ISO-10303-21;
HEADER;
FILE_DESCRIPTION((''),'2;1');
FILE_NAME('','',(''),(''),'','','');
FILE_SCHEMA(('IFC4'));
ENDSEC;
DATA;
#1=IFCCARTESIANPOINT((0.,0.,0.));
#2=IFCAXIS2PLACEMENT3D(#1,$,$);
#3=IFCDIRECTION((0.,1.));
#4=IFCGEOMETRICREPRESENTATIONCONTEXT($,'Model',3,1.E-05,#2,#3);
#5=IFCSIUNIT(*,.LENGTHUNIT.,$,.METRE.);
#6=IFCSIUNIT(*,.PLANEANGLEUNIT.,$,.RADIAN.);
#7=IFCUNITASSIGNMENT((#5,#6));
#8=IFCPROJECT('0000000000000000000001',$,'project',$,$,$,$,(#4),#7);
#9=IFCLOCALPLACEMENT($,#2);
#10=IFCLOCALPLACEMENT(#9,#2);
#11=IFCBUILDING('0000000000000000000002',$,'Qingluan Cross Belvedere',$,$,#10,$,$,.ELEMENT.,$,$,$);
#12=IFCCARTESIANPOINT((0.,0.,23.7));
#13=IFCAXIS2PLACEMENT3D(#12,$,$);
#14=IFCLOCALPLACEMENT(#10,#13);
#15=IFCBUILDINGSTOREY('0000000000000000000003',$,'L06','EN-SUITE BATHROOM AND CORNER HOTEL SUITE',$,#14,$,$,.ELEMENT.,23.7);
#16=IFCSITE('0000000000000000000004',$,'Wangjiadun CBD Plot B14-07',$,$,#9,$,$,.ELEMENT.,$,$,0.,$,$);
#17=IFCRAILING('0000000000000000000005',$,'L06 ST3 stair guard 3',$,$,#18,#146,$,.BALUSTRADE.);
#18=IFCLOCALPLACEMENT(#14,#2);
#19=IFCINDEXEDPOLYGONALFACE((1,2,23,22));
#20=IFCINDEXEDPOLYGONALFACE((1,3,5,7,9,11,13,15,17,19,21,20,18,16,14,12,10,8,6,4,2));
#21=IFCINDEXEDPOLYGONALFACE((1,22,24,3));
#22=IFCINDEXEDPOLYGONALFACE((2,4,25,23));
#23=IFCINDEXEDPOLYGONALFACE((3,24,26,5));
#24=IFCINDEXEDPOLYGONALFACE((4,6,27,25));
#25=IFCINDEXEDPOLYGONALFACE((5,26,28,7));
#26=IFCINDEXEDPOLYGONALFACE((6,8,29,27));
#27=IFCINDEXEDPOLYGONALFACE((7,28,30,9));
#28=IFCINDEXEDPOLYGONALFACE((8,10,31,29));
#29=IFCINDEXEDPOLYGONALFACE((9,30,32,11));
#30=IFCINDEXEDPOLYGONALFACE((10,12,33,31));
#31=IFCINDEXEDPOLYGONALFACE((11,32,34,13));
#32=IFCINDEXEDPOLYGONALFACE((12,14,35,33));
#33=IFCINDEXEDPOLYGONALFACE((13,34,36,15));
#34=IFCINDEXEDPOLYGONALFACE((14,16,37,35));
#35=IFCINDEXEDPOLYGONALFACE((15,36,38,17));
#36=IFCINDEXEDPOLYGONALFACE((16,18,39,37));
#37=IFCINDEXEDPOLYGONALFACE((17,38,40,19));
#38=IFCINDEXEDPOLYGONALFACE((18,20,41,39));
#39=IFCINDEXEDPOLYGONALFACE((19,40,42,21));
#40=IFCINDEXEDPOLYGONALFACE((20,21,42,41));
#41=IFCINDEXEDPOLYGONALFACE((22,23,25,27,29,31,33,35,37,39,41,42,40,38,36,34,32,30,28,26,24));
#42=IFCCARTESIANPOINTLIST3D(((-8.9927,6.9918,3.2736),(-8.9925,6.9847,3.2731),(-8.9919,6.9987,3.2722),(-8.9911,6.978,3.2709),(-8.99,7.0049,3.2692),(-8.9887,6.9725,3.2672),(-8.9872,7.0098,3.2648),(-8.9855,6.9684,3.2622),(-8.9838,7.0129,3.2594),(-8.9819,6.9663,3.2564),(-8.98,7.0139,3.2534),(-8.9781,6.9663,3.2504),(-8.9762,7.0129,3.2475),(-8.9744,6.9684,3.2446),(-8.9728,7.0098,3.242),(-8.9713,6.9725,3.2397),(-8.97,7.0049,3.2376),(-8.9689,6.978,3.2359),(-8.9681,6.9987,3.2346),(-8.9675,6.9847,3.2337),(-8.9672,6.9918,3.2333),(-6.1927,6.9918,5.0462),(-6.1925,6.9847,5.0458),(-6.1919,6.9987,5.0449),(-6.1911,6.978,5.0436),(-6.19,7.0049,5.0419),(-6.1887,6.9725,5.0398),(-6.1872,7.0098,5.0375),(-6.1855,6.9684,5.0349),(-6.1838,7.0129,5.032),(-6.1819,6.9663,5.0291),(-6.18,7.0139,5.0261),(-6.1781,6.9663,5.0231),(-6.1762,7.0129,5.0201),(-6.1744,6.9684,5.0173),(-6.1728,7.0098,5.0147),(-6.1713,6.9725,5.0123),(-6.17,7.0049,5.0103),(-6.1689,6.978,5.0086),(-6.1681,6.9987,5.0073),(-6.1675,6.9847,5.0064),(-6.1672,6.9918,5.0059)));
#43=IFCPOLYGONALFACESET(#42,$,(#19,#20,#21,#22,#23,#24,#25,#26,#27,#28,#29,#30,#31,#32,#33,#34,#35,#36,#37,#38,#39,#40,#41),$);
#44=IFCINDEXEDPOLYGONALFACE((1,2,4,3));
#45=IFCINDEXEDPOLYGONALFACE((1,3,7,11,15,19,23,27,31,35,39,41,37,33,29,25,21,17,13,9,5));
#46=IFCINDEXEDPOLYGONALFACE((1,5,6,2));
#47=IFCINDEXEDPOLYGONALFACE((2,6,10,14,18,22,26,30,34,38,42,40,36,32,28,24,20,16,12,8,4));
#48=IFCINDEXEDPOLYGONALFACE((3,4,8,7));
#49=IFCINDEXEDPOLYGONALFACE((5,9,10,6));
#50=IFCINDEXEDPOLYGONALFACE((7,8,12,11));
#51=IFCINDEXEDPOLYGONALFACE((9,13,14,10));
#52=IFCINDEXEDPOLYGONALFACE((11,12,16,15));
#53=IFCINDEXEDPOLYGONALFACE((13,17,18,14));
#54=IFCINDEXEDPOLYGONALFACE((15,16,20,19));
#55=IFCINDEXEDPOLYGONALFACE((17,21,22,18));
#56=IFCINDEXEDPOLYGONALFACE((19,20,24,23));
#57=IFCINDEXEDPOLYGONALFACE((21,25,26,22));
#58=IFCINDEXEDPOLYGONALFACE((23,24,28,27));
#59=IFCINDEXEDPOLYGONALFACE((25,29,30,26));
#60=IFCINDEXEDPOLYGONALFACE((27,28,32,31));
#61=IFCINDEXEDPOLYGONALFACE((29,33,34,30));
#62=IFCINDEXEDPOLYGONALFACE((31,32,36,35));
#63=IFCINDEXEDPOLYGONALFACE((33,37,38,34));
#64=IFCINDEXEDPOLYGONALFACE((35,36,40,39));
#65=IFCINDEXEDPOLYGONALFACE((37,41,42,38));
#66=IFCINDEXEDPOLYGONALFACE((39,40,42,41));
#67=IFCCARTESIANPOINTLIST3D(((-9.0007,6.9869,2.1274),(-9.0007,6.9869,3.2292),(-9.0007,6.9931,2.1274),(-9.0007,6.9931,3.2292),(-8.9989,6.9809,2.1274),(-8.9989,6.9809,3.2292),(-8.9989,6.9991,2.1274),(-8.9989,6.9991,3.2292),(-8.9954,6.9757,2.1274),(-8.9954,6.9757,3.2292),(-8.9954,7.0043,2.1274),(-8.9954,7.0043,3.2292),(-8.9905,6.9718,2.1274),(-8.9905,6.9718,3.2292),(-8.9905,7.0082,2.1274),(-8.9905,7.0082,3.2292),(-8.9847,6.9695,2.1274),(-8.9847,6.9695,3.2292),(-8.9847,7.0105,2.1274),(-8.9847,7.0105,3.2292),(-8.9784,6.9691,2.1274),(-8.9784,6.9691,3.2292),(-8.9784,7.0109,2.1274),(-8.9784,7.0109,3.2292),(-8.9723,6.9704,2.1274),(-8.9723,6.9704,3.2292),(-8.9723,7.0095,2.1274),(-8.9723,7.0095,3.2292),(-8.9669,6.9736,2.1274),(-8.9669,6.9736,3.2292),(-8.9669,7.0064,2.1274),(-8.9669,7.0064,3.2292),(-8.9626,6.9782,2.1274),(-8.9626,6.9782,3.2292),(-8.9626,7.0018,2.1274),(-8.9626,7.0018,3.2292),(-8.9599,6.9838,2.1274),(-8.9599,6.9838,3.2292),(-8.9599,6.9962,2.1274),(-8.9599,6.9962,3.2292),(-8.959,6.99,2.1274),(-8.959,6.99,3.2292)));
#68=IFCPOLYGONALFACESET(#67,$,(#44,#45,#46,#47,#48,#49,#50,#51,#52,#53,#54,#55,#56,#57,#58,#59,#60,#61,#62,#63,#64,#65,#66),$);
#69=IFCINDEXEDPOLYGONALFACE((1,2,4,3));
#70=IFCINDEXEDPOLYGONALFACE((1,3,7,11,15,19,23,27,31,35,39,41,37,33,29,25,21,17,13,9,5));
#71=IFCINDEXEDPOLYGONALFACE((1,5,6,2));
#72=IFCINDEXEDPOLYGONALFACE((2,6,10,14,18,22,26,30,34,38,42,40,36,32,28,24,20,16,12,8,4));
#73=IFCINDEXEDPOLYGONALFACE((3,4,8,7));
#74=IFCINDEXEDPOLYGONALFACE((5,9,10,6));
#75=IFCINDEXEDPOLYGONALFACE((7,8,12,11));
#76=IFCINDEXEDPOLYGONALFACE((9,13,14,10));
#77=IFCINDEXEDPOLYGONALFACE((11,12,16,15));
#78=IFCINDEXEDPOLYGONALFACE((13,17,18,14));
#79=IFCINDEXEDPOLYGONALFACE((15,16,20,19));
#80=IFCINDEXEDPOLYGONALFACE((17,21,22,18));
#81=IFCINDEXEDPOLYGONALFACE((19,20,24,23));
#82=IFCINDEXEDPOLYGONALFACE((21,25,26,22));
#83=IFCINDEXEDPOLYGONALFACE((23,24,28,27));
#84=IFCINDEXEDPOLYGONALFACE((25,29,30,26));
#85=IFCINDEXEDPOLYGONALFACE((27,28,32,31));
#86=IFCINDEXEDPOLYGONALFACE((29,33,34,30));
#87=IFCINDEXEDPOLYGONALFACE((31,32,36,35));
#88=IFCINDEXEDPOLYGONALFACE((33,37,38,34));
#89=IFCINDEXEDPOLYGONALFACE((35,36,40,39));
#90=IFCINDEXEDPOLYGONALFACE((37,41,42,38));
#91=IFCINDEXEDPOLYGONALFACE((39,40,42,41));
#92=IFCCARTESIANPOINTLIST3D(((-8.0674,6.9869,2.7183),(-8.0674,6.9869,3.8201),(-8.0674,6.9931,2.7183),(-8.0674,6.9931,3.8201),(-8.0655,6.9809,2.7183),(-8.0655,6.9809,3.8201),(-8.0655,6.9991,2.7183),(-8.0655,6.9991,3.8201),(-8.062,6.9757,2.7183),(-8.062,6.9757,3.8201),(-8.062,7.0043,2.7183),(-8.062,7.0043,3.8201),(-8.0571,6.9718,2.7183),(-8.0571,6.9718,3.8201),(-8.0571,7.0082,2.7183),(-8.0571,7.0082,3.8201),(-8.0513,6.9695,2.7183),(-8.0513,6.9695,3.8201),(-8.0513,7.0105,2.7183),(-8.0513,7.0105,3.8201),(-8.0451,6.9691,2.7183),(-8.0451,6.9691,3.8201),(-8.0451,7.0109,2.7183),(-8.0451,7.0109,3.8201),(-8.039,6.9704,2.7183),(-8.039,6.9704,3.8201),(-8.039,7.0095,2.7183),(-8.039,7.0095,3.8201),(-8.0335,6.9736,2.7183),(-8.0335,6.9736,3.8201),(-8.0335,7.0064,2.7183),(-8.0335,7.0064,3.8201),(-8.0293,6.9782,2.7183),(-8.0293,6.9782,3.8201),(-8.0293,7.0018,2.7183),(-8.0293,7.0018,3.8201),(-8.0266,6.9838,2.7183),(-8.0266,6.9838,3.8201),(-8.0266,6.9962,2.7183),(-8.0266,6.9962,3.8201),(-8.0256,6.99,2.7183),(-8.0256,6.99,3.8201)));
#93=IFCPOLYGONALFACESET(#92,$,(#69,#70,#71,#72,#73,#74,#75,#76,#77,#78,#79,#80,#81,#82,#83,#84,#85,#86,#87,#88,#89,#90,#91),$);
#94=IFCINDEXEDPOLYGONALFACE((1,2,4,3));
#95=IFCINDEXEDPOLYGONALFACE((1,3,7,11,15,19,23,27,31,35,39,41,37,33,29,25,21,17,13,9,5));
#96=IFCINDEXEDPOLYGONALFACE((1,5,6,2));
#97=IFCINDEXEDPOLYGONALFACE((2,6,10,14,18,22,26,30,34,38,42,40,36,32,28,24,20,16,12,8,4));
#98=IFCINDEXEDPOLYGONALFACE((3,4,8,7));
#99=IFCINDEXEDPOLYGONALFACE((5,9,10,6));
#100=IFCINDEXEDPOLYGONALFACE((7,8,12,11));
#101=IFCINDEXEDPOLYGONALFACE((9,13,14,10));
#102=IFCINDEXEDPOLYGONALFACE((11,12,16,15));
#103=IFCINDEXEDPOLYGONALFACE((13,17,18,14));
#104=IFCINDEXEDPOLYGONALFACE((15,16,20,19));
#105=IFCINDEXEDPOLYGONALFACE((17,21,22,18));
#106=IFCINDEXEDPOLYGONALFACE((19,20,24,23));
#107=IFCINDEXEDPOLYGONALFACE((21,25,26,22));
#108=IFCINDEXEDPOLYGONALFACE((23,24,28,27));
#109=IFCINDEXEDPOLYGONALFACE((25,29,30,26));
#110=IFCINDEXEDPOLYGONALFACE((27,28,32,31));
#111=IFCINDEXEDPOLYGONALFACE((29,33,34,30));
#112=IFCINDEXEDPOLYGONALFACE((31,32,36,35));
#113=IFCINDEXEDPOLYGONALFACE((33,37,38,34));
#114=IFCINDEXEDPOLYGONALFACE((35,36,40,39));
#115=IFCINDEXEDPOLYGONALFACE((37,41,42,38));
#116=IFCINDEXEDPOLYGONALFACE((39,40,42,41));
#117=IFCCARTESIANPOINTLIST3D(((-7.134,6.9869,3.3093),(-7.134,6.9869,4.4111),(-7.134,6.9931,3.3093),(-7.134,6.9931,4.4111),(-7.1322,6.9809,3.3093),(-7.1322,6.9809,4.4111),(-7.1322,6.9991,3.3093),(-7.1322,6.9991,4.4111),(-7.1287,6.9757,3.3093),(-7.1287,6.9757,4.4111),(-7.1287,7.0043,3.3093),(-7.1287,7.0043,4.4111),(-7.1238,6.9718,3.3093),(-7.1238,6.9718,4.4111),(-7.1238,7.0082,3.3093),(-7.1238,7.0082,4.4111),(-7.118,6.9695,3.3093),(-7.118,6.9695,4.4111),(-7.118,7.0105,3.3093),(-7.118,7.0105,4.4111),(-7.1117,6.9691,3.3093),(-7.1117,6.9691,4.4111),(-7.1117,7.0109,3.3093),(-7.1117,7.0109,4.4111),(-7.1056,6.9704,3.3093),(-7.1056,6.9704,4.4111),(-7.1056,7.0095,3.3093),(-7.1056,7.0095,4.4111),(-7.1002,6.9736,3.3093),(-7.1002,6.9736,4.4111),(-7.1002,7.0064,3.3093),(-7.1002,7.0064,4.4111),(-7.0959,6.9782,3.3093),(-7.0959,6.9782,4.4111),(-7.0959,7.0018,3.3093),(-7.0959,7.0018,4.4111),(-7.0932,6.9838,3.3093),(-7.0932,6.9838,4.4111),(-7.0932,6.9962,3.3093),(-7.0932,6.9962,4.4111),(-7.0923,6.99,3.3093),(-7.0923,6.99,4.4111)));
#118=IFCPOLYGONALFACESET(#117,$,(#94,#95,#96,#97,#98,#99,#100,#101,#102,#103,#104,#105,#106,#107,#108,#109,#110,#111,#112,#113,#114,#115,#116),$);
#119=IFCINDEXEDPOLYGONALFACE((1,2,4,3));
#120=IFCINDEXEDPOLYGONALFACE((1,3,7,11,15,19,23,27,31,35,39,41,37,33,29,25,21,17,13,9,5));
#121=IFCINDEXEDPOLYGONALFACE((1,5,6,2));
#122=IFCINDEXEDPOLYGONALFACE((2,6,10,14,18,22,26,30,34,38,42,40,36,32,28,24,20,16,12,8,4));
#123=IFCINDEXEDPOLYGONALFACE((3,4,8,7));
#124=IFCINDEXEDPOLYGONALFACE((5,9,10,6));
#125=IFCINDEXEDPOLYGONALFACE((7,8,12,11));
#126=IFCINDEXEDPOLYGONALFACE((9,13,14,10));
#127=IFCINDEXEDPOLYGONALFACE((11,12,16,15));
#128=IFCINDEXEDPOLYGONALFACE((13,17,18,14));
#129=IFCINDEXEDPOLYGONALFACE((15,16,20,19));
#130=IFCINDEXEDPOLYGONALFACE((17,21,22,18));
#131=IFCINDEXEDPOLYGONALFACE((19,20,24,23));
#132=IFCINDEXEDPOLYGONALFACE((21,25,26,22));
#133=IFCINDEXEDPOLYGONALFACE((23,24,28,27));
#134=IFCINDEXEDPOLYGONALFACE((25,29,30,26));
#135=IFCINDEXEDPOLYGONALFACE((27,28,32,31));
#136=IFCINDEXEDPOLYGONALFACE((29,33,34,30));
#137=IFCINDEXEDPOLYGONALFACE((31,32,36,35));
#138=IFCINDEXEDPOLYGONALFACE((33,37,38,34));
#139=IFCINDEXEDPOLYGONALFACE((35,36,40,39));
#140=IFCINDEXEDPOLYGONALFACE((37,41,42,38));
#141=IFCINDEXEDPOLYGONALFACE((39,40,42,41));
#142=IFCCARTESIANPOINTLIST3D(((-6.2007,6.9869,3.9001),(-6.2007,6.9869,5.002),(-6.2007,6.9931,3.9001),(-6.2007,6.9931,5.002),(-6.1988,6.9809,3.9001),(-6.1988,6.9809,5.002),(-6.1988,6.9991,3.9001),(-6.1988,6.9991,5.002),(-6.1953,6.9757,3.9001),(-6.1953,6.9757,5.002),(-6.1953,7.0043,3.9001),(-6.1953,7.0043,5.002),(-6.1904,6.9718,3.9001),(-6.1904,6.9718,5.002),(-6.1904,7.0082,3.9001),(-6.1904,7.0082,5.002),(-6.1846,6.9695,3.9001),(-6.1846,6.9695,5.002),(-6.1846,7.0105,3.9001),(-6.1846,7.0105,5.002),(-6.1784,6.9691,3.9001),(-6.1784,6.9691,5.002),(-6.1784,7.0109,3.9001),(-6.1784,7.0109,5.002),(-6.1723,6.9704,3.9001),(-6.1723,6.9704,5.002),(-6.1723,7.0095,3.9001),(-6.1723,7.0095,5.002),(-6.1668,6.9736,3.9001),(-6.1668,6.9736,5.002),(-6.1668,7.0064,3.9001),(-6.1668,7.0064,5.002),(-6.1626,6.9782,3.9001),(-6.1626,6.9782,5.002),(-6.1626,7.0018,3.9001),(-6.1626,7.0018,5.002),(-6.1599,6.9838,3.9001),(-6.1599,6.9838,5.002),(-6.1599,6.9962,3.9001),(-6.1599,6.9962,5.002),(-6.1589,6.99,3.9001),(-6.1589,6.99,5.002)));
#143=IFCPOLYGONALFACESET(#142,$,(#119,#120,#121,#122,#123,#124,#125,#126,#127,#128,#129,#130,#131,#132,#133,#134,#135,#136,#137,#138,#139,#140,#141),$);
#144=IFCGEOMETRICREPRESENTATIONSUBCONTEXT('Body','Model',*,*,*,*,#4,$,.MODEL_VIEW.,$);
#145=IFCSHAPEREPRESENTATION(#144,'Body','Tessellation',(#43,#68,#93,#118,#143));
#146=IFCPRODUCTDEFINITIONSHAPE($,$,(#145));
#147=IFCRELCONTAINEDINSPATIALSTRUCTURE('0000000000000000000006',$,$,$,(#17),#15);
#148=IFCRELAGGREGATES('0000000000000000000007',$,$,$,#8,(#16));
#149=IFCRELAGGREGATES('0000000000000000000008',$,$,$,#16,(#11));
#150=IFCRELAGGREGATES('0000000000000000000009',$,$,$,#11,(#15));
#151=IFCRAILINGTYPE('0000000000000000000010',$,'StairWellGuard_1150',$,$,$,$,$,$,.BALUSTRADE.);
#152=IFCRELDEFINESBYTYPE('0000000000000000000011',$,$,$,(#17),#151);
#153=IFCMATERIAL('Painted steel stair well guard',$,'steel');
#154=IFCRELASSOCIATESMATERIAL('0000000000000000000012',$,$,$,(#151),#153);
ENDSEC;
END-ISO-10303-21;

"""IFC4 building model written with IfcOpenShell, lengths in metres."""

from ifc_helpers import new_model, si_unit, direction, frame, origin, origin_2d, place, context, subcontext, project, spatial, circle, extrude, material, type_object, element, save


model = new_model("IFC4")

# Units and contexts
model_context = context("Model", 3, precision=1e-05, world=origin(), true_north=direction((0.0, 1.0)))
body_context = subcontext(model_context, "Body", "Model", "MODEL_VIEW")
ifc_project = project(units=[si_unit("LENGTHUNIT", "METRE"), si_unit("PLANEANGLEUNIT", "RADIAN")], contexts=[model_context])

# Site, building, storey
site_placement = place(None, origin())
site = spatial("IfcSite", under=ifc_project, at=site_placement, Name="Wangjiadun CBD Plot B14-07", CompositionType="ELEMENT", RefElevation=0.0)
building_placement = place(site_placement, origin())
building = spatial("IfcBuilding", under=site, at=building_placement, Name="Qingluan Cross Belvedere", CompositionType="ELEMENT")
storey_placement = place(building_placement, frame((0.0, 0.0, 23.7)))
storey = spatial("IfcBuildingStorey", under=building, at=storey_placement, Name="L06", Description="EN-SUITE BATHROOM AND CORNER HOTEL SUITE", CompositionType="ELEMENT", Elevation=23.7)

# Railing
ifc_material_1 = material(Name="Painted steel stair well guard", Category="steel")
railing_type_1 = type_object("IfcRailingType", Name="StairWellGuard_1150", PredefinedType="BALUSTRADE", material=ifc_material_1)
railing_1_placement = place(storey_placement, frame((-8.98, 6.99, 2.1274)))
element("IfcRailing", 1, at=railing_1_placement, inside=storey, type_object=railing_type_1, Name="L06 ST3 stair guard 3", PredefinedType="BALUSTRADE", context=body_context, shape_type="SweptSolid", body=[
    extrude(circle(Radius=0.0239, at=origin_2d()), frame((0.0, 0.0, 1.126), z_axis=(0.844909, 0.0, 0.53491), x_axis=(0.0, 1.0, 0.0)), (0.0, 0.0, 1.0), 3.314),
    extrude(circle(Radius=0.021, at=origin_2d()), origin(), (0.0, 0.0, 1.0), 1.1018),
    extrude(circle(Radius=0.021, at=origin_2d()), frame((0.9333, 0.0, 0.5908)), (0.0, 0.0, 1.0), 1.1018),
    extrude(circle(Radius=0.021, at=origin_2d()), frame((1.8667, 0.0, 1.1819)), (0.0, 0.0, 1.0), 1.1018),
    extrude(circle(Radius=0.021, at=origin_2d()), frame((2.8, 0.0, 1.7727)), (0.0, 0.0, 1.0), 1.1018),
])

save(model, "model.ifc")
